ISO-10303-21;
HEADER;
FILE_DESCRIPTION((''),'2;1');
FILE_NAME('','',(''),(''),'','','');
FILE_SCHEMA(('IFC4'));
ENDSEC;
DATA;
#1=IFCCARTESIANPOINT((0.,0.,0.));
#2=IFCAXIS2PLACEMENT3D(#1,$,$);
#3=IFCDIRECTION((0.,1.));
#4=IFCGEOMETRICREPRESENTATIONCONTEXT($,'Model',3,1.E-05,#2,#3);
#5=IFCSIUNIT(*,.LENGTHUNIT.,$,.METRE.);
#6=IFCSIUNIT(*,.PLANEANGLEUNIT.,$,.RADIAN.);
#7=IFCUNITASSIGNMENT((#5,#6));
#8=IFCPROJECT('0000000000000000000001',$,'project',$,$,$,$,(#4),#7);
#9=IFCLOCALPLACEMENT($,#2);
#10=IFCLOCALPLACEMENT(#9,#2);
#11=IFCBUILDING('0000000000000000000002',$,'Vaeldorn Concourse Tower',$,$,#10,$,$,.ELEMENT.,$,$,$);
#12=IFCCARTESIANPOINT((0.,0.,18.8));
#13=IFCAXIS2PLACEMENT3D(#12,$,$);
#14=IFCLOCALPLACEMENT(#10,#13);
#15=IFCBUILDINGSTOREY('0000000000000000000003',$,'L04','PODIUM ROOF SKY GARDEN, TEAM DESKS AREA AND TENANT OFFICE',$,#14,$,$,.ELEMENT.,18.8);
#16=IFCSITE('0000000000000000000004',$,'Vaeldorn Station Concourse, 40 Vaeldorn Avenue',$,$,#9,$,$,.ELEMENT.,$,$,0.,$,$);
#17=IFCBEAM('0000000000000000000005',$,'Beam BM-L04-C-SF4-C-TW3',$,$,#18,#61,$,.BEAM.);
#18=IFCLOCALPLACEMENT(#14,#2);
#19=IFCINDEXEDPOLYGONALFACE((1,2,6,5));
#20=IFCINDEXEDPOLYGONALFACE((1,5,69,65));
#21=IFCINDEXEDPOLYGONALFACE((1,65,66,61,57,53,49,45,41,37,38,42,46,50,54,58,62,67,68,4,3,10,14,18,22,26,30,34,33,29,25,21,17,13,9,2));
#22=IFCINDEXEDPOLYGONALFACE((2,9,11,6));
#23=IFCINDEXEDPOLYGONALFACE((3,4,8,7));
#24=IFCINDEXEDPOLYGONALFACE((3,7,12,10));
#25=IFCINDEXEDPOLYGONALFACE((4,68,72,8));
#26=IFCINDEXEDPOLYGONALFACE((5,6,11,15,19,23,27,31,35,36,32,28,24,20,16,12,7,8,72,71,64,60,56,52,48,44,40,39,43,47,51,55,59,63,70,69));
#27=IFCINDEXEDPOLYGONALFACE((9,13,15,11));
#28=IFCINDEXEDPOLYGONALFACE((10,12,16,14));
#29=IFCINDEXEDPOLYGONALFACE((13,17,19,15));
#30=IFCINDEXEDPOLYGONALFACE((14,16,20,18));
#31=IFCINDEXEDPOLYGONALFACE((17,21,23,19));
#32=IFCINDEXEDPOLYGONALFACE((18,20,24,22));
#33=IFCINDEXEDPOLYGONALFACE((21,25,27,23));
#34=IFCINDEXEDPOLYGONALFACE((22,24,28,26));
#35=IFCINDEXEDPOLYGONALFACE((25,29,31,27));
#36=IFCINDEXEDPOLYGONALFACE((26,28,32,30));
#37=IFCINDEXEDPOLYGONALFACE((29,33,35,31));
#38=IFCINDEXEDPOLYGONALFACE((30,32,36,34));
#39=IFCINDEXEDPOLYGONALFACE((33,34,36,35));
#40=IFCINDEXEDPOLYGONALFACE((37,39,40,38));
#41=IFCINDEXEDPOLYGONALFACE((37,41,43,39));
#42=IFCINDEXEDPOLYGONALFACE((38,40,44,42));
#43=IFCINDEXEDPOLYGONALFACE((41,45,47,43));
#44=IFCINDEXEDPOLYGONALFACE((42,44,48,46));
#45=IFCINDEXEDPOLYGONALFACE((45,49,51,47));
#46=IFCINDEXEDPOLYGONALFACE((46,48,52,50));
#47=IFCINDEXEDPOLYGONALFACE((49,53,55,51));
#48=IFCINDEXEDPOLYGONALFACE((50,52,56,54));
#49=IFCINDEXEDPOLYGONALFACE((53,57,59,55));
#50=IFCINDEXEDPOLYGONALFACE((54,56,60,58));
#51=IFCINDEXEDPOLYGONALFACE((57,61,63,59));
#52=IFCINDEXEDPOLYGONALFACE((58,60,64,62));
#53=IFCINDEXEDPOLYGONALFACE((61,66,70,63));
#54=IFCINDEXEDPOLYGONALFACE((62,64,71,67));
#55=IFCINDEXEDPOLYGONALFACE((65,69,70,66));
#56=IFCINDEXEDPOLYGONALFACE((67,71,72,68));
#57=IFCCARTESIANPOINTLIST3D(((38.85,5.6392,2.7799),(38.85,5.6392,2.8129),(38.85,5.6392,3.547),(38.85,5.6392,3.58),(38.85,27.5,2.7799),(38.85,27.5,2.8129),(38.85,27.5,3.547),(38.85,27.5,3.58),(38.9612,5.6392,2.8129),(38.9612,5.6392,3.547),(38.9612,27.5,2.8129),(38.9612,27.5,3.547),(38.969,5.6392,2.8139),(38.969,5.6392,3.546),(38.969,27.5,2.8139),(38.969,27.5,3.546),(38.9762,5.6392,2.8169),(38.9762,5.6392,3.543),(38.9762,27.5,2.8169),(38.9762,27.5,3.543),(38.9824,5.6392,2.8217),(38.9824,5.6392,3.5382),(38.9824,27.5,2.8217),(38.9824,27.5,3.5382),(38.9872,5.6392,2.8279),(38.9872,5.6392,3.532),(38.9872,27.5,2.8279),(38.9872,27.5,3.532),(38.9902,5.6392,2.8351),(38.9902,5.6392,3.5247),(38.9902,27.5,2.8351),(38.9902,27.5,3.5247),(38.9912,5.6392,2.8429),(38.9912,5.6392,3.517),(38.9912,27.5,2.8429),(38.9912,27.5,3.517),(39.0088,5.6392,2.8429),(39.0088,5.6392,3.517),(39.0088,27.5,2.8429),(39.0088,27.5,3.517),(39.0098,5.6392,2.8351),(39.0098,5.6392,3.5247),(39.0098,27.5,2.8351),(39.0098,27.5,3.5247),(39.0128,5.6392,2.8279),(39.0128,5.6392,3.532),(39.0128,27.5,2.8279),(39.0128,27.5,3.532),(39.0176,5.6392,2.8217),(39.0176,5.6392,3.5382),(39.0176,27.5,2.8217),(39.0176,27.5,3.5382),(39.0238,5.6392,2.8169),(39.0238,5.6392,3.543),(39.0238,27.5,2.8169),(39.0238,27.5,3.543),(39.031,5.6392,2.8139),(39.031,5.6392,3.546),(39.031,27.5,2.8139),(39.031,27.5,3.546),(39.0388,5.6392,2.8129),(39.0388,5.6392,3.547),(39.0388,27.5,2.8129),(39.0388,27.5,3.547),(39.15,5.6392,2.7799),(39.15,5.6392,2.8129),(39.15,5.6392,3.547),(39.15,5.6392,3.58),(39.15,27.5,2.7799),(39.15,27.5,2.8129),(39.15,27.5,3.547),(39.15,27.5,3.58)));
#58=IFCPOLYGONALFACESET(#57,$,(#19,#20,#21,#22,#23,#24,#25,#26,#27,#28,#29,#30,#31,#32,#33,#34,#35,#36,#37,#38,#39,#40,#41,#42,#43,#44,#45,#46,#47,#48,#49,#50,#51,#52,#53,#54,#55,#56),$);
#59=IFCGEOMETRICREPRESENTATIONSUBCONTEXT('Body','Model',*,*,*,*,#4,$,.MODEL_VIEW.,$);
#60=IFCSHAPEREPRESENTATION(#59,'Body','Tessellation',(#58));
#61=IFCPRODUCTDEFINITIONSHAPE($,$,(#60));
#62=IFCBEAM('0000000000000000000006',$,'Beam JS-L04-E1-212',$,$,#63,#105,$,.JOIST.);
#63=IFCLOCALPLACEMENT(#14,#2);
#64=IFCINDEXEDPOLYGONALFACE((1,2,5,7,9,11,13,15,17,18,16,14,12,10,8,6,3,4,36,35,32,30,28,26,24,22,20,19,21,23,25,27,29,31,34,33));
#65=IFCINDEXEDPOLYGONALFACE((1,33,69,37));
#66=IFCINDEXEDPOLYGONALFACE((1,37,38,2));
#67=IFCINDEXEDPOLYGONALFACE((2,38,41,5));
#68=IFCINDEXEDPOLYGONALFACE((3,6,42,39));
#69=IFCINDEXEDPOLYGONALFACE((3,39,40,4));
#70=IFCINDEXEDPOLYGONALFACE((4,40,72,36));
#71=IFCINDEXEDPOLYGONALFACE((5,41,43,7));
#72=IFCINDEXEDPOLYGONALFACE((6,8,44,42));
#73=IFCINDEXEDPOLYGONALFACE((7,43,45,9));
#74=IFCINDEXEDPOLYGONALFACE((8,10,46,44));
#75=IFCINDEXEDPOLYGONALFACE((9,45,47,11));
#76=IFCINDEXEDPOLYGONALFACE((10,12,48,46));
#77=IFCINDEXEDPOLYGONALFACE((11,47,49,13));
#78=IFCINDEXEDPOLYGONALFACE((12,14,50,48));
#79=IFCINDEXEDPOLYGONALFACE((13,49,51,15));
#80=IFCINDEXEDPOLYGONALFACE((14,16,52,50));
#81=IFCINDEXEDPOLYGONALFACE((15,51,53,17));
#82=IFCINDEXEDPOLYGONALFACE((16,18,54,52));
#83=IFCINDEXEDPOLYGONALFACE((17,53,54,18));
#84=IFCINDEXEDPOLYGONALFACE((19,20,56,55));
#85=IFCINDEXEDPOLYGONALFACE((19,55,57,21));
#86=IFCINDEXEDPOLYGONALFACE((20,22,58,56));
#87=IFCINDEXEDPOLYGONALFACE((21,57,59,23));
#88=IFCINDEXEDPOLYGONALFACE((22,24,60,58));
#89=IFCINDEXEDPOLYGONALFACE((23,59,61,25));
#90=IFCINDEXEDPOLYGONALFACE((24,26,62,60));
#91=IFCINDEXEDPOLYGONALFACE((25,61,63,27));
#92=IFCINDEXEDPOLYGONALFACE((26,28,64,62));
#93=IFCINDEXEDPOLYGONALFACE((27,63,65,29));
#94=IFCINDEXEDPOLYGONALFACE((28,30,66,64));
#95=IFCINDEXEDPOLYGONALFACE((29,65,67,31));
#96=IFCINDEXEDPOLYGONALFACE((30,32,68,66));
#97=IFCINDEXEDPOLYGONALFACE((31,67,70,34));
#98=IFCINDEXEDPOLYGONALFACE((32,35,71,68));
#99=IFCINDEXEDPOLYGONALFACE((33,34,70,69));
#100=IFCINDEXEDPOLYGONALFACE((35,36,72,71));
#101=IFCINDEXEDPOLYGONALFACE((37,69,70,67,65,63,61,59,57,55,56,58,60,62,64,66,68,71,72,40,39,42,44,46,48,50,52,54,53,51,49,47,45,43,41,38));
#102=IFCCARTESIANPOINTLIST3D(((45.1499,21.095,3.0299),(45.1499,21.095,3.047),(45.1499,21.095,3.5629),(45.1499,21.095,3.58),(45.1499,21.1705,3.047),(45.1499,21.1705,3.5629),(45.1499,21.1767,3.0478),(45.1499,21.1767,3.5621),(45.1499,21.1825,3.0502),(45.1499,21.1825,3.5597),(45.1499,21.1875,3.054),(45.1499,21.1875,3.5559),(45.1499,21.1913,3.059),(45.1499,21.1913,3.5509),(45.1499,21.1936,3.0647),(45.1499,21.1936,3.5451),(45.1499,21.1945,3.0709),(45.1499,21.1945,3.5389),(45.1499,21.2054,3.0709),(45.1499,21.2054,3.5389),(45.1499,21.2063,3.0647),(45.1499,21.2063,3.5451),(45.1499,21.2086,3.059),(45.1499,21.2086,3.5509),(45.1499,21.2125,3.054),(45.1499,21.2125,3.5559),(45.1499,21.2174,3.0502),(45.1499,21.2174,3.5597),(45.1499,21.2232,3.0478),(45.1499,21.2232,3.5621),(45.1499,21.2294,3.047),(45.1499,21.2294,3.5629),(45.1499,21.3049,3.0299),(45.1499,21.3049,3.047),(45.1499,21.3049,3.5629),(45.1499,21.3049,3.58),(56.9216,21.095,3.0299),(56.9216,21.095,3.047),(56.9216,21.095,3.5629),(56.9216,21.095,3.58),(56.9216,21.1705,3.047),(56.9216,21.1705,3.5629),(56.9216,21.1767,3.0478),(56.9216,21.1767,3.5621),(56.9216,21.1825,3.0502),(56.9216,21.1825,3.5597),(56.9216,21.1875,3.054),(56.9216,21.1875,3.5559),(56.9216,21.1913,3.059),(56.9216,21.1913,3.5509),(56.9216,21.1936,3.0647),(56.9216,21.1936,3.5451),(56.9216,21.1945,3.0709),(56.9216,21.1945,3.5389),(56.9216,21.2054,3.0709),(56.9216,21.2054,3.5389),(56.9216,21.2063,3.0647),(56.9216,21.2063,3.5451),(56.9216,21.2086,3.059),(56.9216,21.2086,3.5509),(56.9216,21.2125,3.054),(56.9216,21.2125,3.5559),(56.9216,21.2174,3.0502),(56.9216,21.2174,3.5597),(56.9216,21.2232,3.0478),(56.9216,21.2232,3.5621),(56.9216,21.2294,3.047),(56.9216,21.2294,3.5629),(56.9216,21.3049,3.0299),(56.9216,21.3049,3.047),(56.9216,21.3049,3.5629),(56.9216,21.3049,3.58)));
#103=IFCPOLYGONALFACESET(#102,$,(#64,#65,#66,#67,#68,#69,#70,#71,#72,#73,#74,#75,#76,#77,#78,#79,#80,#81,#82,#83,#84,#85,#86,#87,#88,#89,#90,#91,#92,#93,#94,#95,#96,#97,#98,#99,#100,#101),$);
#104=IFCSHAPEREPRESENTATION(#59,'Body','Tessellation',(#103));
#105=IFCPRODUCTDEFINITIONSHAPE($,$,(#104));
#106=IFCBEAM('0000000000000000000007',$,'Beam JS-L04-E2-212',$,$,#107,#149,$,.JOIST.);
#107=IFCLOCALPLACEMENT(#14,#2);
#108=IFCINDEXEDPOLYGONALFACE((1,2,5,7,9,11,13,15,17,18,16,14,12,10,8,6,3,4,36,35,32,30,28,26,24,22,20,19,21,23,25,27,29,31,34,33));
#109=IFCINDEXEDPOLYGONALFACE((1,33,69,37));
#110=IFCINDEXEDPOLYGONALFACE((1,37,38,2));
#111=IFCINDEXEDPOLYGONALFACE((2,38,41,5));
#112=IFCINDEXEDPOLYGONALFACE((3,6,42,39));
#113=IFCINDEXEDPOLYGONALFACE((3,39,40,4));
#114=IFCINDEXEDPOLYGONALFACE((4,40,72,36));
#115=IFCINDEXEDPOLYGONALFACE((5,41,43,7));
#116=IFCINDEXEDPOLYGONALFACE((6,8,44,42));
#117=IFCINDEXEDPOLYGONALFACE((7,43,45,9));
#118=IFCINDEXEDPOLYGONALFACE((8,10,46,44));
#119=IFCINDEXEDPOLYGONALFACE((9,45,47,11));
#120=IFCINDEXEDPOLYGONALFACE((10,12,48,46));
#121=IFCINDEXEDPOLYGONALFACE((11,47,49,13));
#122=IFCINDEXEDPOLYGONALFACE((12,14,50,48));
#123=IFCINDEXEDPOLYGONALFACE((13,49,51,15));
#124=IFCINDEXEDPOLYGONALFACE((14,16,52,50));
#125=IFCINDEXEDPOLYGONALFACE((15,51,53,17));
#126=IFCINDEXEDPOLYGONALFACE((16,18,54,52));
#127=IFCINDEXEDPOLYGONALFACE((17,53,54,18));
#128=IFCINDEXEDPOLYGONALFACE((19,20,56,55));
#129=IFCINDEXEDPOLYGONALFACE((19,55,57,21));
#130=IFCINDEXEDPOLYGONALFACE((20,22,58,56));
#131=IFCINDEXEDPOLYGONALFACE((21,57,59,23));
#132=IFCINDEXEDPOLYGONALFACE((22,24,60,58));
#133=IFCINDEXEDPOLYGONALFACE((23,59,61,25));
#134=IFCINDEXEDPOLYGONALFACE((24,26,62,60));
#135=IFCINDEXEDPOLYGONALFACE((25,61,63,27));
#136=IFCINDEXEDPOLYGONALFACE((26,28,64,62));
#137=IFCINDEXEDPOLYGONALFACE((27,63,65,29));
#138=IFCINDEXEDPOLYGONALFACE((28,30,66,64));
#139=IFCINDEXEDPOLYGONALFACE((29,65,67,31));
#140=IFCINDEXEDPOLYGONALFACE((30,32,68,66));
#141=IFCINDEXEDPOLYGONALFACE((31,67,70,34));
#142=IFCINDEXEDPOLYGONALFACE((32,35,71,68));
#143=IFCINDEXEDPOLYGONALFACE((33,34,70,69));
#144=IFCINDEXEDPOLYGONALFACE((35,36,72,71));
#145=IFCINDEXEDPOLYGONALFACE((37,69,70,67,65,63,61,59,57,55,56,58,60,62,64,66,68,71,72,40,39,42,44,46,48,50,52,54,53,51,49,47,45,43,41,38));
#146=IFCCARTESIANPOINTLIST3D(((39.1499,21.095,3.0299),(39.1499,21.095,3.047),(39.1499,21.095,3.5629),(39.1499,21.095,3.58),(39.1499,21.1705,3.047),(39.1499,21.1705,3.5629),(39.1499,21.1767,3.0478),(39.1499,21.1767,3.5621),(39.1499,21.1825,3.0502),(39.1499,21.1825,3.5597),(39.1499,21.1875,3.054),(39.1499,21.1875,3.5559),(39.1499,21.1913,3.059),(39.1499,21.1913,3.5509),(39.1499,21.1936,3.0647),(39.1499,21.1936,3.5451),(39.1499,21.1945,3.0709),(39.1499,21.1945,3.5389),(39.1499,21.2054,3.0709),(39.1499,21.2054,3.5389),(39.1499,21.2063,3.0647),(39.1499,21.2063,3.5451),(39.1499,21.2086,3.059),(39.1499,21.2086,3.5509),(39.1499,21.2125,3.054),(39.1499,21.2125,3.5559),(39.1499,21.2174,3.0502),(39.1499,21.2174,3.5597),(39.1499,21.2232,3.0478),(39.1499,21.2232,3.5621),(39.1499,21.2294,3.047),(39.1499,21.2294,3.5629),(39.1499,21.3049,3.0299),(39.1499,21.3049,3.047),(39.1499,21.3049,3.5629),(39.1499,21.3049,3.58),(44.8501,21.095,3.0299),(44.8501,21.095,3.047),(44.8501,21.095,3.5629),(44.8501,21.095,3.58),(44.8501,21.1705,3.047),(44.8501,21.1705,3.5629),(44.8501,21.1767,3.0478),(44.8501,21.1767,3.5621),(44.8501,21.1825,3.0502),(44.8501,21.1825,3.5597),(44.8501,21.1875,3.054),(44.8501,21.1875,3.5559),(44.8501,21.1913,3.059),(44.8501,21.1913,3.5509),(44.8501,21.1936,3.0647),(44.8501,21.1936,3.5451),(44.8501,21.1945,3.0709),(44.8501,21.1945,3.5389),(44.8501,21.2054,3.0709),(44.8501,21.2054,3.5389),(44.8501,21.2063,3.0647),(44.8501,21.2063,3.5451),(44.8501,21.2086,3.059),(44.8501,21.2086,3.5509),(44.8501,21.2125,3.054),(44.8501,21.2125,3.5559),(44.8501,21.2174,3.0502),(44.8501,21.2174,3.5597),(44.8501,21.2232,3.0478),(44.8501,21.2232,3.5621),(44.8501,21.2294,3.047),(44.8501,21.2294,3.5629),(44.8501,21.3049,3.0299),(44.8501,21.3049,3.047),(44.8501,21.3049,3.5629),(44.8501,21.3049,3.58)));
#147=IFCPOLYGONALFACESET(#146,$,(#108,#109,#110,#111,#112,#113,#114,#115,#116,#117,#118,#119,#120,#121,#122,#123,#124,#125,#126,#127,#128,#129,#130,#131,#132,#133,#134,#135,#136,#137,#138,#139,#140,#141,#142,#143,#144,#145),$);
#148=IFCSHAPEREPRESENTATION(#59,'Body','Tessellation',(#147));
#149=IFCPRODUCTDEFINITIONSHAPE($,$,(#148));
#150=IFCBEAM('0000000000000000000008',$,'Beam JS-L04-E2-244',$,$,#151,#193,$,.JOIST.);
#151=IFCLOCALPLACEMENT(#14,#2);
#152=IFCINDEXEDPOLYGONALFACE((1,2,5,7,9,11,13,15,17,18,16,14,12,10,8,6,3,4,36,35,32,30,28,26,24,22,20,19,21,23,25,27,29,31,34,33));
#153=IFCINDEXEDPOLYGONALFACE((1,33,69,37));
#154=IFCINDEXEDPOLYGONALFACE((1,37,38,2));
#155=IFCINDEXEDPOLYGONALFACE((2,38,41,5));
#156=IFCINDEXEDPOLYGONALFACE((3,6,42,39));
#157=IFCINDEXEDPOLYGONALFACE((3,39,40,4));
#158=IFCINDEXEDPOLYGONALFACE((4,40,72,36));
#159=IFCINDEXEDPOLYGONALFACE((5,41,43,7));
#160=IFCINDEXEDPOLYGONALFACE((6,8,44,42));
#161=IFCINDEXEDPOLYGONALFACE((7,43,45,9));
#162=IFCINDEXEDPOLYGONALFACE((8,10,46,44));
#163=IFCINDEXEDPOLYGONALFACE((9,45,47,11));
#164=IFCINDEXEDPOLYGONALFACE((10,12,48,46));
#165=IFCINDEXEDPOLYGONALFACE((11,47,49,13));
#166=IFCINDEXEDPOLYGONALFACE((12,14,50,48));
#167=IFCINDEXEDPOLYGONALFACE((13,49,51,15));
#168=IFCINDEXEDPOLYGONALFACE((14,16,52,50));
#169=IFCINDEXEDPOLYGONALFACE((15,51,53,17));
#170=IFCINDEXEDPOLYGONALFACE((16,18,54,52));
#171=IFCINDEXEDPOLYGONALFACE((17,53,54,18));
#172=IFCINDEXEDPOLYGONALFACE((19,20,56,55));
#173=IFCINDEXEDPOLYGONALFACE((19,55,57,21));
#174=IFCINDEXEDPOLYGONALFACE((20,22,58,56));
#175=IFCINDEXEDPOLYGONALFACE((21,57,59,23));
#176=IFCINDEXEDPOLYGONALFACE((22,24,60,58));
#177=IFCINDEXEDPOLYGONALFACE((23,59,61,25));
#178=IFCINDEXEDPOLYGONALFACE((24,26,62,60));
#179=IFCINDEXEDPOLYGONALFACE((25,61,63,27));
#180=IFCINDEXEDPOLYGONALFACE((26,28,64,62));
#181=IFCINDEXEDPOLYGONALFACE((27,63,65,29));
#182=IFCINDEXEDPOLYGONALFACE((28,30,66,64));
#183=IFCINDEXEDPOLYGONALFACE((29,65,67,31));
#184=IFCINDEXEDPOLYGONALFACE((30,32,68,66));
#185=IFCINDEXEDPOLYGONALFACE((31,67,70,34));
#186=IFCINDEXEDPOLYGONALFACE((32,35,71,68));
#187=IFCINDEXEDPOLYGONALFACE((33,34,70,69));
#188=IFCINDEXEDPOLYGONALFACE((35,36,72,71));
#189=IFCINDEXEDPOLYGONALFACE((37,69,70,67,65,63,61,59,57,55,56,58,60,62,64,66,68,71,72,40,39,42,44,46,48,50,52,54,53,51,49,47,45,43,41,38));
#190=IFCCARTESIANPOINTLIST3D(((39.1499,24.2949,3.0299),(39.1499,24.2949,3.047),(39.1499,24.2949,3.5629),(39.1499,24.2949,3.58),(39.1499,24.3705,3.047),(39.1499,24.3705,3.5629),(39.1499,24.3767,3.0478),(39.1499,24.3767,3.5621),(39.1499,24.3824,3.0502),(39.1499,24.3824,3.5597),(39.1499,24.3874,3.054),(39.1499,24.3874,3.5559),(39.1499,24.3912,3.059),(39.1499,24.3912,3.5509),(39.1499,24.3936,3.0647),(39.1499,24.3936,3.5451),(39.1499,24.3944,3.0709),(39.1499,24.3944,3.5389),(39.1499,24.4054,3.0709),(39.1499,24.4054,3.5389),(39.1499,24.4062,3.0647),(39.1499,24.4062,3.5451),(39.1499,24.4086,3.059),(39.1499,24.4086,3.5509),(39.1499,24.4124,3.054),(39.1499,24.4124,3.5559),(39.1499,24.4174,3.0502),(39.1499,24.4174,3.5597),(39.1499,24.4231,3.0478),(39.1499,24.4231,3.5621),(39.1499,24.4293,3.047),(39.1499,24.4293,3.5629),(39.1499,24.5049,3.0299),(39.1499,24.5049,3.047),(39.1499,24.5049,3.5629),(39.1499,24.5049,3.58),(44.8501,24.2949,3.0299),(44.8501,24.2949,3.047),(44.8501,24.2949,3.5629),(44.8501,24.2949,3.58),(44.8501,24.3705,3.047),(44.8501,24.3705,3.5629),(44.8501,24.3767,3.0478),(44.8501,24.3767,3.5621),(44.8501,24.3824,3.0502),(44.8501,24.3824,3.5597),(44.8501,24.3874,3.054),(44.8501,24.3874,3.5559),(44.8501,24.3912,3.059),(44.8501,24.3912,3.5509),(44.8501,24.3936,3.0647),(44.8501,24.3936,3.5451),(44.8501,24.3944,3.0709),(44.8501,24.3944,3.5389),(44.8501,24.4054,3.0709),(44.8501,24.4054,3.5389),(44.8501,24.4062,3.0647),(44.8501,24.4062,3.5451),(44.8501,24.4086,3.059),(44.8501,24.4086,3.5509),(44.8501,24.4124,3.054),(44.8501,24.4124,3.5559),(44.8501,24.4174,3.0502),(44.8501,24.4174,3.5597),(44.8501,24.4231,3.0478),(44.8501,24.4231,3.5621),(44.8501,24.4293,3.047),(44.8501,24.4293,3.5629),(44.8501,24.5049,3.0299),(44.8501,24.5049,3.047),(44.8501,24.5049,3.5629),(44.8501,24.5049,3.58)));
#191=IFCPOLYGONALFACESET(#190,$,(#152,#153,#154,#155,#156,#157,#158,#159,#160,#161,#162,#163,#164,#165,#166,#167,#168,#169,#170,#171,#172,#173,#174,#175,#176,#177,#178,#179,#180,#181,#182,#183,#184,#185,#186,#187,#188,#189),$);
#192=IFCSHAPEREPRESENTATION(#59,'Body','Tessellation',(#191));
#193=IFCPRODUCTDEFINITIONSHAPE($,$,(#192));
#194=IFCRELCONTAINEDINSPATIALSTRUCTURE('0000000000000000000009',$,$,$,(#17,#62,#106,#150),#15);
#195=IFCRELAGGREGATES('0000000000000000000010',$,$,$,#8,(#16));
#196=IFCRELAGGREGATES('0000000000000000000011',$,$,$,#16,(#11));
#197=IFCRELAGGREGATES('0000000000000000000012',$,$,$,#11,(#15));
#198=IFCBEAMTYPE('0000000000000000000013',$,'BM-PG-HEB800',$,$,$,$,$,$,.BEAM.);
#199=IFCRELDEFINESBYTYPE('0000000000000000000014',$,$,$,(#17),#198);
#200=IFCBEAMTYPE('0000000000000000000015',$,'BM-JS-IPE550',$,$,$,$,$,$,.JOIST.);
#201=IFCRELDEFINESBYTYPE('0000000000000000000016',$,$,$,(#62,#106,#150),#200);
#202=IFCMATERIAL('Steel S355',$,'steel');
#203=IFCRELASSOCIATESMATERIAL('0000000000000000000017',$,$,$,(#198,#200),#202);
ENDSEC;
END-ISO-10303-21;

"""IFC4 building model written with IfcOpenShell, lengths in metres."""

from ifc_helpers import new_model, si_unit, direction, frame, origin, origin_2d, place, context, subcontext, project, spatial, i_section, extrude, source, transform, mapped, material, material_profile, profile_set, type_object, element, save


model = new_model("IFC4")

# Units and contexts
model_context = context("Model", 3, precision=1e-05, world=origin(), true_north=direction((0.0, 1.0)))
body_context = subcontext(model_context, "Body", "Model", "MODEL_VIEW")
ifc_project = project(units=[si_unit("LENGTHUNIT", "METRE"), si_unit("PLANEANGLEUNIT", "RADIAN")], contexts=[model_context])

# Site, building, storey
site_placement = place(None, origin())
site = spatial("IfcSite", under=ifc_project, at=site_placement, Name="Vaeldorn Station Concourse, 40 Vaeldorn Avenue", CompositionType="ELEMENT", RefElevation=0.0)
building_placement = place(site_placement, origin())
building = spatial("IfcBuilding", under=site, at=building_placement, Name="Vaeldorn Concourse Tower", CompositionType="ELEMENT")
storey_placement = place(building_placement, frame((0.0, 0.0, 18.8)))
storey = spatial("IfcBuildingStorey", under=building, at=storey_placement, Name="L04", Description="PODIUM ROOF SKY GARDEN, TEAM DESKS AREA AND TENANT OFFICE", CompositionType="ELEMENT", Elevation=18.8)

# Beams
ifc_material_1 = material(Name="Steel S355", Category="steel")
ifc_material_profile_1 = material_profile(ifc_material_1, i_section(OverallWidth=0.3, OverallDepth=0.8, WebThickness=0.0176, FlangeThickness=0.033, FilletRadius=0.03, at=origin_2d()), Name="HEB 800")
ifc_profile_set_1 = profile_set([ifc_material_profile_1], Name="Steel S355")
beam_type_1 = type_object("IfcBeamType", Name="BM-PG-HEB800", PredefinedType="BEAM", material=ifc_profile_set_1)
shared_shape_1 = source(origin(), body_context, "Body", "SweptSolid", [
    extrude(i_section(OverallWidth=0.3, OverallDepth=0.8, WebThickness=0.0176, FlangeThickness=0.033, FilletRadius=0.03, at=origin_2d()), origin(), (0.0, 0.0, 1.0), 21.8608),
])
for number, where, z_axis, x_axis, name in (
    (1, (39.0, 5.6392, 3.1799), (0.0, 1.0, 0.0), (-1.0, 0.0, 0.0), "Beam BM-L04-C-SF4-C-TW3"),
):
    element("IfcBeam", number, at=place(storey_placement, frame(where, z_axis=z_axis, x_axis=x_axis)), inside=storey, type_object=beam_type_1, Name=name, PredefinedType="BEAM", context=body_context, shape_type="MappedRepresentation", body=[
        mapped(shared_shape_1, transform((0.0, 0.0, 0.0), scale=1.0)),
    ])
ifc_material_profile_2 = material_profile(ifc_material_1, i_section(OverallWidth=0.21, OverallDepth=0.55, WebThickness=0.011, FlangeThickness=0.0171, FilletRadius=0.0239, at=origin_2d()), Name="IPE 550")
ifc_profile_set_2 = profile_set([ifc_material_profile_2], Name="Steel S355")
beam_type_2 = type_object("IfcBeamType", Name="BM-JS-IPE550", PredefinedType="JOIST", material=ifc_profile_set_2)
shared_shape_2 = source(origin(), body_context, "Body", "SweptSolid", [
    extrude(i_section(OverallWidth=0.21, OverallDepth=0.55, WebThickness=0.011, FlangeThickness=0.0171, FilletRadius=0.0239, at=origin_2d()), origin(), (0.0, 0.0, 1.0), 11.7717),
])
beam_1_placement = place(storey_placement, frame((45.1499, 21.2, 3.3049), z_axis=(1.0, 0.0, 0.0), x_axis=(0.0, 1.0, 0.0)))
element("IfcBeam", 2, at=beam_1_placement, inside=storey, type_object=beam_type_2, Name="Beam JS-L04-E1-212", PredefinedType="JOIST", context=body_context, shape_type="MappedRepresentation", body=[
    mapped(shared_shape_2, transform((0.0, 0.0, 0.0), scale=1.0)),
])
shared_shape_3 = source(origin(), body_context, "Body", "SweptSolid", [
    extrude(i_section(OverallWidth=0.21, OverallDepth=0.55, WebThickness=0.011, FlangeThickness=0.0171, FilletRadius=0.0239, at=origin_2d()), origin(), (0.0, 0.0, 1.0), 5.7002),
])
for number, where, z_axis, x_axis, name in (
    (3, (39.1499, 21.2, 3.3049), (1.0, 0.0, 0.0), (0.0, 1.0, 0.0), "Beam JS-L04-E2-212"),
    (4, (39.1499, 24.3999, 3.3049), (1.0, 0.0, 0.0), (0.0, 1.0, 0.0), "Beam JS-L04-E2-244"),
):
    element("IfcBeam", number, at=place(storey_placement, frame(where, z_axis=z_axis, x_axis=x_axis)), inside=storey, type_object=beam_type_2, Name=name, PredefinedType="JOIST", context=body_context, shape_type="MappedRepresentation", body=[
        mapped(shared_shape_3, transform((0.0, 0.0, 0.0), scale=1.0)),
    ])

save(model, "model.ifc")
